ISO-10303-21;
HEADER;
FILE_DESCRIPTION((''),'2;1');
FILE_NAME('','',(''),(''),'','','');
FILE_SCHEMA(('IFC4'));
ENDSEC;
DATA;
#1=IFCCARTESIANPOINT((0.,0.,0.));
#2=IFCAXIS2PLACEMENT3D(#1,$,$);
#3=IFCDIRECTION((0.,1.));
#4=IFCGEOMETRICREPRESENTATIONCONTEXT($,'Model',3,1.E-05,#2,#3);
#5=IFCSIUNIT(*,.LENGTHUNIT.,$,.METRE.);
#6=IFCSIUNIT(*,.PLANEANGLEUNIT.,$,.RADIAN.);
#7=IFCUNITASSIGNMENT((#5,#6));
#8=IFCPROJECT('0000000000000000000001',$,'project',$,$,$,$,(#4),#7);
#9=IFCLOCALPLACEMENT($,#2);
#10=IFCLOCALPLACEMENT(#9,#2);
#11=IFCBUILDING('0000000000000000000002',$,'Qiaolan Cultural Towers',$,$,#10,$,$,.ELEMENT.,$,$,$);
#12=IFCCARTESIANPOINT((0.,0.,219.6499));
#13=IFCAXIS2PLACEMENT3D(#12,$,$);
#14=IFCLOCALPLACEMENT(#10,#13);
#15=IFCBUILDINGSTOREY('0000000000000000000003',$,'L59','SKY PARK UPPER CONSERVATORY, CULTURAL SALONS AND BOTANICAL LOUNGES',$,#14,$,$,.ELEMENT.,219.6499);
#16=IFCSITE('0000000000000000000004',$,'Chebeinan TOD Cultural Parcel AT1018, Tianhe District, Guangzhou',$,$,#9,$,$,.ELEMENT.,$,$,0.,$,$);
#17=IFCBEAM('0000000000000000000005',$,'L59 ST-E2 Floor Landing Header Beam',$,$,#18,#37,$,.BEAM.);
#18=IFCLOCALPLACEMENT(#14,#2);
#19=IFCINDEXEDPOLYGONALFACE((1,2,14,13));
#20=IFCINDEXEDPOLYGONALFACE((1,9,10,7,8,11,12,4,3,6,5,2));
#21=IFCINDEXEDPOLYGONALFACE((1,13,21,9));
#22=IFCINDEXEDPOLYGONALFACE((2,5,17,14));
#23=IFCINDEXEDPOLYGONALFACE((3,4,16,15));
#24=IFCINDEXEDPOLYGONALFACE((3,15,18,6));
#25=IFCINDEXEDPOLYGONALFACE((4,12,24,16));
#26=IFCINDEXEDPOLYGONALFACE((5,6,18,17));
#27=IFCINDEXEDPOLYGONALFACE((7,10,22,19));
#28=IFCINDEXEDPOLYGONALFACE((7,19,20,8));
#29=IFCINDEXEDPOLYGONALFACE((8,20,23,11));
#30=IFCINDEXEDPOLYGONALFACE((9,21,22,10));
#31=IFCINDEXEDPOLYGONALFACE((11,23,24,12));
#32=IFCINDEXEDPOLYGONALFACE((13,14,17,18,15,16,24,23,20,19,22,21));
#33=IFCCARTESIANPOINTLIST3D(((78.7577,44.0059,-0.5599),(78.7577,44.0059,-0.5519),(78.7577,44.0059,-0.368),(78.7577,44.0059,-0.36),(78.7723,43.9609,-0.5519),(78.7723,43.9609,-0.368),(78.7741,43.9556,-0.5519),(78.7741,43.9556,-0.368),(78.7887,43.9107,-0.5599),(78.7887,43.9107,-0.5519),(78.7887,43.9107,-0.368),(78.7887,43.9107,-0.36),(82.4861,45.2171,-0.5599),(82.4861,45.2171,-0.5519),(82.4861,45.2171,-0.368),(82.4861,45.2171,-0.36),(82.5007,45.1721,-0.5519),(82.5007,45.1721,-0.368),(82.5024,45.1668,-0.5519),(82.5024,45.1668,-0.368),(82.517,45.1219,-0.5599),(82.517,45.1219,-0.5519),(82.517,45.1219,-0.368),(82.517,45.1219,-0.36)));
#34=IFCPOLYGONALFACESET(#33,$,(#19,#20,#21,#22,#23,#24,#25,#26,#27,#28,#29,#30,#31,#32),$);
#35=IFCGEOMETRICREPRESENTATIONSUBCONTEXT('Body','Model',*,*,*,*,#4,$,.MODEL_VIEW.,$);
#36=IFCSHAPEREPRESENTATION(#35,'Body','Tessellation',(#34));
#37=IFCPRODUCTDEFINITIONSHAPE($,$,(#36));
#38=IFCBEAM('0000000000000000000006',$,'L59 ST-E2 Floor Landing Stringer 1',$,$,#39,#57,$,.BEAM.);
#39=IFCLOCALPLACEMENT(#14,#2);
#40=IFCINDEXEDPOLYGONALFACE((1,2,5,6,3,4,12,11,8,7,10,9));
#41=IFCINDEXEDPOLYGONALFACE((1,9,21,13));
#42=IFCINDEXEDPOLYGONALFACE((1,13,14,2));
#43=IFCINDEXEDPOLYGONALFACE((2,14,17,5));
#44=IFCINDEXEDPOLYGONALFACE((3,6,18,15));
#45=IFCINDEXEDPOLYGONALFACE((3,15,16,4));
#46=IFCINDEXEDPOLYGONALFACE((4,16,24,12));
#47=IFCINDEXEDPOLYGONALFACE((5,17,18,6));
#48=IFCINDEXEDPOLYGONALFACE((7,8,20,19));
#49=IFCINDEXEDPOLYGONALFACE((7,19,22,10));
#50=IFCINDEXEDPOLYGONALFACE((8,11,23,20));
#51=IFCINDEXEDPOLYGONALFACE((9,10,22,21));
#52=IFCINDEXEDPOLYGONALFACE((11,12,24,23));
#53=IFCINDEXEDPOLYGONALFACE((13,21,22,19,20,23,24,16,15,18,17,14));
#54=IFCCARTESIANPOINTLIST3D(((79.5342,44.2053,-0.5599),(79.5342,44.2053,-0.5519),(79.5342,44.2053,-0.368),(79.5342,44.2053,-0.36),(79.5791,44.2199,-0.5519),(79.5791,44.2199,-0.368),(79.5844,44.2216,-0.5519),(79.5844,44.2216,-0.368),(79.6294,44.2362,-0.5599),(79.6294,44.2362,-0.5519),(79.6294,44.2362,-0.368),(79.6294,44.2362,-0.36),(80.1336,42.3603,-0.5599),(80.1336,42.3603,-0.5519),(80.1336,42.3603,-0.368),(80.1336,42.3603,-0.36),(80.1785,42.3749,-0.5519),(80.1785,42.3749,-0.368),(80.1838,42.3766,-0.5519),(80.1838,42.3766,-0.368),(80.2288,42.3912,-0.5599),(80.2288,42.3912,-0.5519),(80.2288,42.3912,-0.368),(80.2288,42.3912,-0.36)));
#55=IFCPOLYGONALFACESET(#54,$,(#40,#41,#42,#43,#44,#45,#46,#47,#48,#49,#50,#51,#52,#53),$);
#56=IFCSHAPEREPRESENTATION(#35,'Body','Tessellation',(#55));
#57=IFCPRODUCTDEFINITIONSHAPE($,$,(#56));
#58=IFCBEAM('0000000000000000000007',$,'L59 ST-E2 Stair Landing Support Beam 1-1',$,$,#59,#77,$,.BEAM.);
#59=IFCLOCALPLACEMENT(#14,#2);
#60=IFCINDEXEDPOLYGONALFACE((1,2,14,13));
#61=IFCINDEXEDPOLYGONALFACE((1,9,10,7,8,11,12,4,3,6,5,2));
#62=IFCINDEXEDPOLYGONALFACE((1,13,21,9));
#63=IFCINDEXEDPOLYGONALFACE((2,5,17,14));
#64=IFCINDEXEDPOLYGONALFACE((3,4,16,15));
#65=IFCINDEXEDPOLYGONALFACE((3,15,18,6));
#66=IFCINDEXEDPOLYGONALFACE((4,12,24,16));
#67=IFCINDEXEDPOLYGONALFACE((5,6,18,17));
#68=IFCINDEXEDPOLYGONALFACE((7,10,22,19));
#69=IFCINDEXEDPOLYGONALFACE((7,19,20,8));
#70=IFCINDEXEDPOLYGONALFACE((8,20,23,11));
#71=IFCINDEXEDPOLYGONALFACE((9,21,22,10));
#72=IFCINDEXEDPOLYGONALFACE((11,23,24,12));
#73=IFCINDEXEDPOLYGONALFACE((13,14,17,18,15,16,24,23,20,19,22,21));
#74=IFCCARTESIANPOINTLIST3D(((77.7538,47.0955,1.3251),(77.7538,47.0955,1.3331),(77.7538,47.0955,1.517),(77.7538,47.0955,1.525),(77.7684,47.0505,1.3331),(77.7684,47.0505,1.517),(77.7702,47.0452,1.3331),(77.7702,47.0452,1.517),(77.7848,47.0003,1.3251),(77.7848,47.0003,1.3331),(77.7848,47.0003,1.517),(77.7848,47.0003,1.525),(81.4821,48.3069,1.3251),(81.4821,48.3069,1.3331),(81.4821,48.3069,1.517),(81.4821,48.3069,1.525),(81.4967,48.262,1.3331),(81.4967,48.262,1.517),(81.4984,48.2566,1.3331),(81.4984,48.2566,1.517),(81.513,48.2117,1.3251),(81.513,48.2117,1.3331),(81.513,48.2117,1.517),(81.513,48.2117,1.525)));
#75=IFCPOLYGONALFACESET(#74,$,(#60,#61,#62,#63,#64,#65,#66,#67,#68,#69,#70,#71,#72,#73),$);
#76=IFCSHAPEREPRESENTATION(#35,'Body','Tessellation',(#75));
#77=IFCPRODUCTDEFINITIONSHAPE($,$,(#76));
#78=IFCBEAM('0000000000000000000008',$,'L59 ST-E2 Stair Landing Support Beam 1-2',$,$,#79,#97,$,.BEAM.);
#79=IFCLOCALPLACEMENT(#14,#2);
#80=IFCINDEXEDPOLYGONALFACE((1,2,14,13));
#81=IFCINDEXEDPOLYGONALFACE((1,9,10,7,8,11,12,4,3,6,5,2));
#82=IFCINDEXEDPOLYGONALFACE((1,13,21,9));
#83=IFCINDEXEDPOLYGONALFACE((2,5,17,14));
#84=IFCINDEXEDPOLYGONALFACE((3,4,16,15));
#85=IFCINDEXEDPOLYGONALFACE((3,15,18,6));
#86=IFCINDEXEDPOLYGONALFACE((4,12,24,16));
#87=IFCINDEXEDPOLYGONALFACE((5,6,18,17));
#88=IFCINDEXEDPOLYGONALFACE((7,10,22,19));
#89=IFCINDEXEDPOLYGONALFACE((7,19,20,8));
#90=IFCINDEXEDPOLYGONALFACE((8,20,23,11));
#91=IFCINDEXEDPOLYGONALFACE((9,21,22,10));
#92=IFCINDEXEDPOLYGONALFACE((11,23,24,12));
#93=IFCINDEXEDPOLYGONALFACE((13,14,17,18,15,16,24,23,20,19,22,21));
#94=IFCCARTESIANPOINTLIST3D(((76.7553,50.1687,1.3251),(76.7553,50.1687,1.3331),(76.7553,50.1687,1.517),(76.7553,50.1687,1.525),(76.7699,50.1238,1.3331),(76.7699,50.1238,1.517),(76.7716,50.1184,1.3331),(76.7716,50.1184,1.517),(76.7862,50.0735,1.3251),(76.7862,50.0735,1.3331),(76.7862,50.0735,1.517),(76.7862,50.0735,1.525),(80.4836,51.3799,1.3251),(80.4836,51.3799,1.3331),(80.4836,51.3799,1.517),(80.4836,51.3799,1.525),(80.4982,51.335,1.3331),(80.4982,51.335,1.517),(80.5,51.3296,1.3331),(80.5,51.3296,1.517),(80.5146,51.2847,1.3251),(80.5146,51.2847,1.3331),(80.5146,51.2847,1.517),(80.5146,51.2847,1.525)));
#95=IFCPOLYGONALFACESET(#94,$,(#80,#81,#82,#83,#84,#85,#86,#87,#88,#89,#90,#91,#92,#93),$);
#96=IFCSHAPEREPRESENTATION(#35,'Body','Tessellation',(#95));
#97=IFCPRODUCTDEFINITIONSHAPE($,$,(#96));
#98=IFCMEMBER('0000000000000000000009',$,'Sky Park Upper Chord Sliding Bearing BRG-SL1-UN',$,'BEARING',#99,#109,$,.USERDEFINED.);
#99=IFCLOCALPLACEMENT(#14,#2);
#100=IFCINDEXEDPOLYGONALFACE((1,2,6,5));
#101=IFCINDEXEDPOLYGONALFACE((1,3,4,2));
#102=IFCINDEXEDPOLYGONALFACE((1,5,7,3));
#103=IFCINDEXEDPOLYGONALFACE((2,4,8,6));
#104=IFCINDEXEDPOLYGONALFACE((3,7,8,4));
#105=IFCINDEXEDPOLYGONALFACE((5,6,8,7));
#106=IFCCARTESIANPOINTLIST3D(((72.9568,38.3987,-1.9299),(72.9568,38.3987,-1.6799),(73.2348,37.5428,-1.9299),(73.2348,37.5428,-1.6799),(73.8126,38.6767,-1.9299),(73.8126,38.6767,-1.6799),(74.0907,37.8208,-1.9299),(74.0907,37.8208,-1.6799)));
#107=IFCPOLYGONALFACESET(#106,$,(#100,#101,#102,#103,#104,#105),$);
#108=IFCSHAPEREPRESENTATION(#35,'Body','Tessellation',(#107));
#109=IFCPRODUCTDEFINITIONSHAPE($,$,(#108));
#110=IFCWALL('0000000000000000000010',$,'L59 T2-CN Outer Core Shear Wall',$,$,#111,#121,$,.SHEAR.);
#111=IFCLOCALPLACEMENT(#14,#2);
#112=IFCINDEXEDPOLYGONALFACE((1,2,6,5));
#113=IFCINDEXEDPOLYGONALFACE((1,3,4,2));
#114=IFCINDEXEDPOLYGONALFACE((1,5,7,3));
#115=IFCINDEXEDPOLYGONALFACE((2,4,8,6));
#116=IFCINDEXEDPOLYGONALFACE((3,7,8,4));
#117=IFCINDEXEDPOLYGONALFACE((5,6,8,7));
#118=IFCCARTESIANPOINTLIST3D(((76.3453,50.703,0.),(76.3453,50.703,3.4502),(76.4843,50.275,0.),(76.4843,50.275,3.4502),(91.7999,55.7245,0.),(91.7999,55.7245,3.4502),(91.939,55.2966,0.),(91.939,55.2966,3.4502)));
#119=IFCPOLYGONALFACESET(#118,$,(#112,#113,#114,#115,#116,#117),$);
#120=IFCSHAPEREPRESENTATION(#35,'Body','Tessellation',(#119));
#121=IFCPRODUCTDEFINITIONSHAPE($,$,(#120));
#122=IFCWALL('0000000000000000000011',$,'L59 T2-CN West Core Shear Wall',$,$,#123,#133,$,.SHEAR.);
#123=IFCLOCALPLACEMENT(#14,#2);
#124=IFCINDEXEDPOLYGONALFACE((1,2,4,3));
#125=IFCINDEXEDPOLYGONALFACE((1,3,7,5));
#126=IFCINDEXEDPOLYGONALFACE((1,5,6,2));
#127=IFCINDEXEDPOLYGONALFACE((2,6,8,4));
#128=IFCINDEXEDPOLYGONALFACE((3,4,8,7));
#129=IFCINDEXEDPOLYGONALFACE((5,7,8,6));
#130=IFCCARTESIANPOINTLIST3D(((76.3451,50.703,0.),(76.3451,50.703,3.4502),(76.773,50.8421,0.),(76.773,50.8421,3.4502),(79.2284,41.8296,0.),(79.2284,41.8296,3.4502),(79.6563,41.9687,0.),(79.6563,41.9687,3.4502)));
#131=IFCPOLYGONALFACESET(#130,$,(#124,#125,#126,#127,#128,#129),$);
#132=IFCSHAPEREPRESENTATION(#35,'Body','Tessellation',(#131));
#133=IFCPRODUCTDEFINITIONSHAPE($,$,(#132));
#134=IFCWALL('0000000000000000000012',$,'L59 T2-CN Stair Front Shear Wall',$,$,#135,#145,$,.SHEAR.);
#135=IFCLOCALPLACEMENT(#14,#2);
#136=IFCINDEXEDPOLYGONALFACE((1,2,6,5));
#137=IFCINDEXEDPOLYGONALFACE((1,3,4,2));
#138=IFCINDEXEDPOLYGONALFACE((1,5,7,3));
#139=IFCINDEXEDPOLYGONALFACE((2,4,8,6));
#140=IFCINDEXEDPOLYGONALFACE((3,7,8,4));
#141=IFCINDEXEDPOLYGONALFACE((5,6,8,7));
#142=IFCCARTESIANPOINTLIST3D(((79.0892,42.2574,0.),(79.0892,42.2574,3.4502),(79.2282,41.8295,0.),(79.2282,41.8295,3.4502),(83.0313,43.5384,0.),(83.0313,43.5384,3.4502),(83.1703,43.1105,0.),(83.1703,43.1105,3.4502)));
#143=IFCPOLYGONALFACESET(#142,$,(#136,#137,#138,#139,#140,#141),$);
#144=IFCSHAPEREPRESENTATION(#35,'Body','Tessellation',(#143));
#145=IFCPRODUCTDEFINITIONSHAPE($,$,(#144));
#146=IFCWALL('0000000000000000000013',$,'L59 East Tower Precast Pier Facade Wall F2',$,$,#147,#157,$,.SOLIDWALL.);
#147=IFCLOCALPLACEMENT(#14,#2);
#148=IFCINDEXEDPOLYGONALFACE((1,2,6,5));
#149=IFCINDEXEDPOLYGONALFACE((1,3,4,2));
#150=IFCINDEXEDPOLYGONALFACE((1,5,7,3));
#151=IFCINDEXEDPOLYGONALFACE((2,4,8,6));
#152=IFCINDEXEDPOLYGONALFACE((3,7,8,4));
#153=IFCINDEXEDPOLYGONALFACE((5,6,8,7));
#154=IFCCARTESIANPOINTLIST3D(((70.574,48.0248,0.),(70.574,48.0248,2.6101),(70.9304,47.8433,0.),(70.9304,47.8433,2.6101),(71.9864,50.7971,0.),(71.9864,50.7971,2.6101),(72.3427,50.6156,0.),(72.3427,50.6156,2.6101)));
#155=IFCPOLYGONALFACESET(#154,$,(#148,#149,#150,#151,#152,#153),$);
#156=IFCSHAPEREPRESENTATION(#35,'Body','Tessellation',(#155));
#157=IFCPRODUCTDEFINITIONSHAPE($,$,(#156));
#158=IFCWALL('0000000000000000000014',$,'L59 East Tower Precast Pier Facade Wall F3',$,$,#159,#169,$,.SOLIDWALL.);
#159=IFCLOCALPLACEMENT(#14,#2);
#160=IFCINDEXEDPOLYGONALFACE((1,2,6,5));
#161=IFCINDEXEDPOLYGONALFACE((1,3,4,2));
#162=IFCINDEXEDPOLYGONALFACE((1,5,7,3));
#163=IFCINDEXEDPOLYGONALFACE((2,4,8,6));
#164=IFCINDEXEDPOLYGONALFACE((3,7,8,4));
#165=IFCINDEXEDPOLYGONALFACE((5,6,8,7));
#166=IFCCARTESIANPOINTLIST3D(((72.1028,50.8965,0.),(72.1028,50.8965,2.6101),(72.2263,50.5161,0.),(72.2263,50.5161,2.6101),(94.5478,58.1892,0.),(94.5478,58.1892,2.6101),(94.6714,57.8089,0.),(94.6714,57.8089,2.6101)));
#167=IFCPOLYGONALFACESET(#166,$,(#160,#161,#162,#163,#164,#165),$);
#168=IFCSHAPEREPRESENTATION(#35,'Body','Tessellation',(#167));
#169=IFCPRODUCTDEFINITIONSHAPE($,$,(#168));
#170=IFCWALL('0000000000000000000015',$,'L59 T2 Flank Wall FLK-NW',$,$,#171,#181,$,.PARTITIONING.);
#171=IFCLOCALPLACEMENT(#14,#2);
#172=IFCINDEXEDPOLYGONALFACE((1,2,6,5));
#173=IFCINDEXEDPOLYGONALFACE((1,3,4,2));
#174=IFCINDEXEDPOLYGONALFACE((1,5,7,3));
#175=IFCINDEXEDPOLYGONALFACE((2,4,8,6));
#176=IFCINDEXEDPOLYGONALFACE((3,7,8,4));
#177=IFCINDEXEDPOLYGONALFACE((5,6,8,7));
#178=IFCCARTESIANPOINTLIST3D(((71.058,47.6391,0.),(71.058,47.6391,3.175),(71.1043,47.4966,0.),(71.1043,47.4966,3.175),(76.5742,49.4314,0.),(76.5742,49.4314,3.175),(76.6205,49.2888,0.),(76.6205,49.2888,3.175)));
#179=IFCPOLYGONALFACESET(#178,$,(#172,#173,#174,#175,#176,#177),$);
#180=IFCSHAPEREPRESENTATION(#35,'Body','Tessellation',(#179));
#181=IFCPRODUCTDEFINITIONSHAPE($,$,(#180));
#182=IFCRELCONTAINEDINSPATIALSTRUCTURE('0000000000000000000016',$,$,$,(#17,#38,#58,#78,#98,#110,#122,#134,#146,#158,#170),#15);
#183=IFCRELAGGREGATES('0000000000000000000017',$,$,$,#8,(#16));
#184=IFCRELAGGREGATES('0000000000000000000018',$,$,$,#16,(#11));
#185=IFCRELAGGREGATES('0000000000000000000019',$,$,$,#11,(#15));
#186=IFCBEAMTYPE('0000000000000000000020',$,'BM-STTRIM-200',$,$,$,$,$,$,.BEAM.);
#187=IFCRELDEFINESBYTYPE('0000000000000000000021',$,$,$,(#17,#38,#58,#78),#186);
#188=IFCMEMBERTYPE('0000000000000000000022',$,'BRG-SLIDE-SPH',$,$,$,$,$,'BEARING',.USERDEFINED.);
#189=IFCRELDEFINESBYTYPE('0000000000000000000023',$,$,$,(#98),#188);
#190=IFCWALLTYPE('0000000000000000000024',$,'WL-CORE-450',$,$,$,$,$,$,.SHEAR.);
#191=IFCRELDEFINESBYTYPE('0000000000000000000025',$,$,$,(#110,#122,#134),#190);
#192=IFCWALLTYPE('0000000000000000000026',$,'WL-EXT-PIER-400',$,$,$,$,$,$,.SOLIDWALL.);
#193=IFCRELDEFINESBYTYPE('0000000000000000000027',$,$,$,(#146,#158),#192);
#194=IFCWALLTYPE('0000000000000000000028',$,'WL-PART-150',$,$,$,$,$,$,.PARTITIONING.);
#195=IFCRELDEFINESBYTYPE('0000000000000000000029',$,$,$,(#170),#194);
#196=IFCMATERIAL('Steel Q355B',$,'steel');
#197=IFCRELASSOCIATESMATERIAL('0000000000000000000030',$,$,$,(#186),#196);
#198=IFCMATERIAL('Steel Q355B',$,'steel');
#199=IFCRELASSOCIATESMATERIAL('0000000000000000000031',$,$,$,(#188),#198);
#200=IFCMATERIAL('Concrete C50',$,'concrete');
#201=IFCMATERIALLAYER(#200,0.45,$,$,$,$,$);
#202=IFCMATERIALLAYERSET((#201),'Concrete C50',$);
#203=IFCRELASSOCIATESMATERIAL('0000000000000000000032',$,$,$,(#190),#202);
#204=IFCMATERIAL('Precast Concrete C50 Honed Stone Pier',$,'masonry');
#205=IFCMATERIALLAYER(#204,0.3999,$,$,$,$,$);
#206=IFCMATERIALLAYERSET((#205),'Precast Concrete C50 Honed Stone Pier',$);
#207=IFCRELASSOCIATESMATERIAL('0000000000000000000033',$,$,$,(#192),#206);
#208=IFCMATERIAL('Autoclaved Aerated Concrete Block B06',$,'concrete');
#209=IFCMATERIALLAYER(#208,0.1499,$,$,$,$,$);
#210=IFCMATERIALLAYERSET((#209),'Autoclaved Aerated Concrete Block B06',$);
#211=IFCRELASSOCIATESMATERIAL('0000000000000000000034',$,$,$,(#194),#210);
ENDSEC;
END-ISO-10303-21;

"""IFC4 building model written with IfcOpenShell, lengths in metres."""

from ifc_helpers import new_model, si_unit, direction, frame, frame_2d, origin, origin_2d, place, context, subcontext, project, spatial, rectangle, i_section, extrude, material, layer, layer_set, material_profile, profile_set, type_object, element, save


model = new_model("IFC4")

# Units and contexts
model_context = context("Model", 3, precision=1e-05, world=origin(), true_north=direction((0.0, 1.0)))
body_context = subcontext(model_context, "Body", "Model", "MODEL_VIEW")
ifc_project = project(units=[si_unit("LENGTHUNIT", "METRE"), si_unit("PLANEANGLEUNIT", "RADIAN")], contexts=[model_context])

# Site, building, storey
site_placement = place(None, origin())
site = spatial("IfcSite", under=ifc_project, at=site_placement, Name="Chebeinan TOD Cultural Parcel AT1018, Tianhe District, Guangzhou", CompositionType="ELEMENT", RefElevation=0.0)
building_placement = place(site_placement, origin())
building = spatial("IfcBuilding", under=site, at=building_placement, Name="Qiaolan Cultural Towers", CompositionType="ELEMENT")
storey_placement = place(building_placement, frame((0.0, 0.0, 219.6499)))
storey = spatial("IfcBuildingStorey", under=building, at=storey_placement, Name="L59", Description="SKY PARK UPPER CONSERVATORY, CULTURAL SALONS AND BOTANICAL LOUNGES", CompositionType="ELEMENT", Elevation=219.6499)

# Beams
ifc_material_1 = material(Name="Steel Q355B", Category="steel")
ifc_material_profile_1 = material_profile(ifc_material_1, i_section(OverallWidth=0.1001, OverallDepth=0.2, WebThickness=0.0056, FlangeThickness=0.0081, at=origin_2d()), Name="HN200x100x5.5x8")
ifc_profile_set_1 = profile_set([ifc_material_profile_1], Name="Steel Q355B")
beam_type_1 = type_object("IfcBeamType", Name="BM-STTRIM-200", PredefinedType="BEAM", material=ifc_profile_set_1)
beam_1_placement = place(storey_placement, frame((78.7732, 43.9583, -0.46), z_axis=(0.951072, 0.308969, 0.0), x_axis=(-0.308969, 0.951072, 0.0)))
element("IfcBeam", 1, at=beam_1_placement, inside=storey, type_object=beam_type_1, Name="L59 ST-E2 Floor Landing Header Beam", PredefinedType="BEAM", context=body_context, shape_type="SweptSolid", body=[
    extrude(i_section(OverallWidth=0.1001, OverallDepth=0.2, WebThickness=0.0056, FlangeThickness=0.0081, at=origin_2d()), origin(), (0.0, 0.0, 1.0), 3.9202),
])
beam_2_placement = place(storey_placement, frame((80.1812, 42.3757, -0.46), z_axis=(-0.308969, 0.951072, 0.0), x_axis=(-0.951072, -0.308969, 0.0)))
element("IfcBeam", 2, at=beam_2_placement, inside=storey, type_object=beam_type_1, Name="L59 ST-E2 Floor Landing Stringer 1", PredefinedType="BEAM", context=body_context, shape_type="SweptSolid", body=[
    extrude(i_section(OverallWidth=0.1001, OverallDepth=0.2, WebThickness=0.0056, FlangeThickness=0.0081, at=origin_2d()), origin(), (0.0, 0.0, 1.0), 1.9399),
])
for number, where, z_axis, x_axis, name in (
    (3, (77.7693, 47.0479, 1.425), (0.951054, 0.309026, 0.0), (-0.309026, 0.951054, 0.0), "L59 ST-E2 Stair Landing Support Beam 1-1"),
    (4, (76.7708, 50.1211, 1.425), (0.951072, 0.308969, 0.0), (-0.308969, 0.951072, 0.0), "L59 ST-E2 Stair Landing Support Beam 1-2"),
):
    element("IfcBeam", number, at=place(storey_placement, frame(where, z_axis=z_axis, x_axis=x_axis)), inside=storey, type_object=beam_type_1, Name=name, PredefinedType="BEAM", context=body_context, shape_type="SweptSolid", body=[
        extrude(i_section(OverallWidth=0.1001, OverallDepth=0.2, WebThickness=0.0056, FlangeThickness=0.0081, at=origin_2d()), origin(), (0.0, 0.0, 1.0), 3.9202),
    ])

# Member
ifc_material_2 = material(Name="Steel Q355B", Category="steel")
ifc_material_profile_2 = material_profile(ifc_material_2, rectangle(XDim=0.8999, YDim=0.25, at=origin_2d()), Name="SPH-BRG-900x900")
ifc_profile_set_2 = profile_set([ifc_material_profile_2], Name="Steel Q355B")
member_type = type_object("IfcMemberType", Name="BRG-SLIDE-SPH", ElementType="BEARING", PredefinedType="USERDEFINED", material=ifc_profile_set_2)
member_placement = place(storey_placement, frame((73.9517, 38.2488, -1.8049), z_axis=(-0.95107, -0.308976, 0.0), x_axis=(0.308976, -0.95107, 0.0)))
element("IfcMember", 5, at=member_placement, inside=storey, type_object=member_type, Name="Sky Park Upper Chord Sliding Bearing BRG-SL1-UN", ObjectType="BEARING", PredefinedType="USERDEFINED", context=body_context, shape_type="SweptSolid", body=[
    extrude(rectangle(XDim=0.8999, YDim=0.25, at=origin_2d()), origin(), (0.0, 0.0, 1.0), 0.8999),
])

# Walls
ifc_material_3 = material(Name="Concrete C50", Category="concrete")
ifc_layer_1 = layer(ifc_material_3, 0.45)
ifc_layer_set_1 = layer_set([ifc_layer_1], Name="Concrete C50")
wall_type_1 = type_object("IfcWallType", Name="WL-CORE-450", PredefinedType="SHEAR", material=ifc_layer_set_1)
wall_1_placement = place(storey_placement, frame((76.4148, 50.489, 0.0), z_axis=(0.0, 0.0, 1.0), x_axis=(0.951057, 0.309016, 0.0)))
element("IfcWall", 6, at=wall_1_placement, inside=storey, type_object=wall_type_1, Name="L59 T2-CN Outer Core Shear Wall", PredefinedType="SHEAR", context=body_context, shape_type="SweptSolid", body=[
    extrude(rectangle(XDim=16.25, YDim=0.45, at=frame_2d((8.125, 0.0))), origin(), (0.0, 0.0, 1.0), 3.4502),
])
wall_2_placement = place(storey_placement, frame((79.4424, 41.8992, 0.0), z_axis=(0.0, 0.0, 1.0), x_axis=(-0.309036, 0.95105, 0.0)))
element("IfcWall", 7, at=wall_2_placement, inside=storey, type_object=wall_type_1, Name="L59 T2-CN West Core Shear Wall", PredefinedType="SHEAR", context=body_context, shape_type="SweptSolid", body=[
    extrude(rectangle(XDim=9.3301, YDim=0.45, at=frame_2d((4.665, 0.0))), origin(), (0.0, 0.0, 1.0), 3.4502),
])
wall_3_placement = place(storey_placement, frame((79.1587, 42.0435, 0.0), z_axis=(0.0, 0.0, 1.0), x_axis=(0.951047, 0.309045, 0.0)))
element("IfcWall", 8, at=wall_3_placement, inside=storey, type_object=wall_type_1, Name="L59 T2-CN Stair Front Shear Wall", PredefinedType="SHEAR", context=body_context, shape_type="SweptSolid", body=[
    extrude(rectangle(XDim=4.145, YDim=0.45, at=frame_2d((2.0725, 0.0))), origin(), (0.0, 0.0, 1.0), 3.4502),
])
ifc_material_4 = material(Name="Precast Concrete C50 Honed Stone Pier", Category="masonry")
ifc_layer_2 = layer(ifc_material_4, 0.3999)
ifc_layer_set_2 = layer_set([ifc_layer_2], Name="Precast Concrete C50 Honed Stone Pier")
wall_type_2 = type_object("IfcWallType", Name="WL-EXT-PIER-400", PredefinedType="SOLIDWALL", material=ifc_layer_set_2)
wall_4_placement = place(storey_placement, frame((70.7522, 47.9341, 0.0), z_axis=(0.0, 0.0, 1.0), x_axis=(0.453949, 0.891028, 0.0)))
element("IfcWall", 9, at=wall_4_placement, inside=storey, type_object=wall_type_2, Name="L59 East Tower Precast Pier Facade Wall F2", PredefinedType="SOLIDWALL", context=body_context, shape_type="SweptSolid", body=[
    extrude(rectangle(XDim=3.1113, YDim=0.3999, at=frame_2d((1.5557, 0.0))), origin(), (0.0, 0.0, 1.0), 2.6101),
])
wall_5_placement = place(storey_placement, frame((72.1646, 50.7063, 0.0), z_axis=(0.0, 0.0, 1.0), x_axis=(0.951058, 0.309012, 0.0)))
element("IfcWall", 10, at=wall_5_placement, inside=storey, type_object=wall_type_2, Name="L59 East Tower Precast Pier Facade Wall F3", PredefinedType="SOLIDWALL", context=body_context, shape_type="SweptSolid", body=[
    extrude(rectangle(XDim=23.6001, YDim=0.3999, at=frame_2d((11.8, 0.0))), origin(), (0.0, 0.0, 1.0), 2.6101),
])
ifc_material_5 = material(Name="Autoclaved Aerated Concrete Block B06", Category="concrete")
ifc_layer_3 = layer(ifc_material_5, 0.1499)
ifc_layer_set_3 = layer_set([ifc_layer_3], Name="Autoclaved Aerated Concrete Block B06")
wall_type_3 = type_object("IfcWallType", Name="WL-PART-150", PredefinedType="PARTITIONING", material=ifc_layer_set_3)
wall_6_placement = place(storey_placement, frame((71.0813, 47.5679, 0.0), z_axis=(0.0, 0.0, 1.0), x_axis=(0.951059, 0.309008, 0.0)))
element("IfcWall", 11, at=wall_6_placement, inside=storey, type_object=wall_type_3, Name="L59 T2 Flank Wall FLK-NW", PredefinedType="PARTITIONING", context=body_context, shape_type="SweptSolid", body=[
    extrude(rectangle(XDim=5.8, YDim=0.1499, at=frame_2d((2.8999, 0.0))), origin(), (0.0, 0.0, 1.0), 3.175),
])

save(model, "model.ifc")
